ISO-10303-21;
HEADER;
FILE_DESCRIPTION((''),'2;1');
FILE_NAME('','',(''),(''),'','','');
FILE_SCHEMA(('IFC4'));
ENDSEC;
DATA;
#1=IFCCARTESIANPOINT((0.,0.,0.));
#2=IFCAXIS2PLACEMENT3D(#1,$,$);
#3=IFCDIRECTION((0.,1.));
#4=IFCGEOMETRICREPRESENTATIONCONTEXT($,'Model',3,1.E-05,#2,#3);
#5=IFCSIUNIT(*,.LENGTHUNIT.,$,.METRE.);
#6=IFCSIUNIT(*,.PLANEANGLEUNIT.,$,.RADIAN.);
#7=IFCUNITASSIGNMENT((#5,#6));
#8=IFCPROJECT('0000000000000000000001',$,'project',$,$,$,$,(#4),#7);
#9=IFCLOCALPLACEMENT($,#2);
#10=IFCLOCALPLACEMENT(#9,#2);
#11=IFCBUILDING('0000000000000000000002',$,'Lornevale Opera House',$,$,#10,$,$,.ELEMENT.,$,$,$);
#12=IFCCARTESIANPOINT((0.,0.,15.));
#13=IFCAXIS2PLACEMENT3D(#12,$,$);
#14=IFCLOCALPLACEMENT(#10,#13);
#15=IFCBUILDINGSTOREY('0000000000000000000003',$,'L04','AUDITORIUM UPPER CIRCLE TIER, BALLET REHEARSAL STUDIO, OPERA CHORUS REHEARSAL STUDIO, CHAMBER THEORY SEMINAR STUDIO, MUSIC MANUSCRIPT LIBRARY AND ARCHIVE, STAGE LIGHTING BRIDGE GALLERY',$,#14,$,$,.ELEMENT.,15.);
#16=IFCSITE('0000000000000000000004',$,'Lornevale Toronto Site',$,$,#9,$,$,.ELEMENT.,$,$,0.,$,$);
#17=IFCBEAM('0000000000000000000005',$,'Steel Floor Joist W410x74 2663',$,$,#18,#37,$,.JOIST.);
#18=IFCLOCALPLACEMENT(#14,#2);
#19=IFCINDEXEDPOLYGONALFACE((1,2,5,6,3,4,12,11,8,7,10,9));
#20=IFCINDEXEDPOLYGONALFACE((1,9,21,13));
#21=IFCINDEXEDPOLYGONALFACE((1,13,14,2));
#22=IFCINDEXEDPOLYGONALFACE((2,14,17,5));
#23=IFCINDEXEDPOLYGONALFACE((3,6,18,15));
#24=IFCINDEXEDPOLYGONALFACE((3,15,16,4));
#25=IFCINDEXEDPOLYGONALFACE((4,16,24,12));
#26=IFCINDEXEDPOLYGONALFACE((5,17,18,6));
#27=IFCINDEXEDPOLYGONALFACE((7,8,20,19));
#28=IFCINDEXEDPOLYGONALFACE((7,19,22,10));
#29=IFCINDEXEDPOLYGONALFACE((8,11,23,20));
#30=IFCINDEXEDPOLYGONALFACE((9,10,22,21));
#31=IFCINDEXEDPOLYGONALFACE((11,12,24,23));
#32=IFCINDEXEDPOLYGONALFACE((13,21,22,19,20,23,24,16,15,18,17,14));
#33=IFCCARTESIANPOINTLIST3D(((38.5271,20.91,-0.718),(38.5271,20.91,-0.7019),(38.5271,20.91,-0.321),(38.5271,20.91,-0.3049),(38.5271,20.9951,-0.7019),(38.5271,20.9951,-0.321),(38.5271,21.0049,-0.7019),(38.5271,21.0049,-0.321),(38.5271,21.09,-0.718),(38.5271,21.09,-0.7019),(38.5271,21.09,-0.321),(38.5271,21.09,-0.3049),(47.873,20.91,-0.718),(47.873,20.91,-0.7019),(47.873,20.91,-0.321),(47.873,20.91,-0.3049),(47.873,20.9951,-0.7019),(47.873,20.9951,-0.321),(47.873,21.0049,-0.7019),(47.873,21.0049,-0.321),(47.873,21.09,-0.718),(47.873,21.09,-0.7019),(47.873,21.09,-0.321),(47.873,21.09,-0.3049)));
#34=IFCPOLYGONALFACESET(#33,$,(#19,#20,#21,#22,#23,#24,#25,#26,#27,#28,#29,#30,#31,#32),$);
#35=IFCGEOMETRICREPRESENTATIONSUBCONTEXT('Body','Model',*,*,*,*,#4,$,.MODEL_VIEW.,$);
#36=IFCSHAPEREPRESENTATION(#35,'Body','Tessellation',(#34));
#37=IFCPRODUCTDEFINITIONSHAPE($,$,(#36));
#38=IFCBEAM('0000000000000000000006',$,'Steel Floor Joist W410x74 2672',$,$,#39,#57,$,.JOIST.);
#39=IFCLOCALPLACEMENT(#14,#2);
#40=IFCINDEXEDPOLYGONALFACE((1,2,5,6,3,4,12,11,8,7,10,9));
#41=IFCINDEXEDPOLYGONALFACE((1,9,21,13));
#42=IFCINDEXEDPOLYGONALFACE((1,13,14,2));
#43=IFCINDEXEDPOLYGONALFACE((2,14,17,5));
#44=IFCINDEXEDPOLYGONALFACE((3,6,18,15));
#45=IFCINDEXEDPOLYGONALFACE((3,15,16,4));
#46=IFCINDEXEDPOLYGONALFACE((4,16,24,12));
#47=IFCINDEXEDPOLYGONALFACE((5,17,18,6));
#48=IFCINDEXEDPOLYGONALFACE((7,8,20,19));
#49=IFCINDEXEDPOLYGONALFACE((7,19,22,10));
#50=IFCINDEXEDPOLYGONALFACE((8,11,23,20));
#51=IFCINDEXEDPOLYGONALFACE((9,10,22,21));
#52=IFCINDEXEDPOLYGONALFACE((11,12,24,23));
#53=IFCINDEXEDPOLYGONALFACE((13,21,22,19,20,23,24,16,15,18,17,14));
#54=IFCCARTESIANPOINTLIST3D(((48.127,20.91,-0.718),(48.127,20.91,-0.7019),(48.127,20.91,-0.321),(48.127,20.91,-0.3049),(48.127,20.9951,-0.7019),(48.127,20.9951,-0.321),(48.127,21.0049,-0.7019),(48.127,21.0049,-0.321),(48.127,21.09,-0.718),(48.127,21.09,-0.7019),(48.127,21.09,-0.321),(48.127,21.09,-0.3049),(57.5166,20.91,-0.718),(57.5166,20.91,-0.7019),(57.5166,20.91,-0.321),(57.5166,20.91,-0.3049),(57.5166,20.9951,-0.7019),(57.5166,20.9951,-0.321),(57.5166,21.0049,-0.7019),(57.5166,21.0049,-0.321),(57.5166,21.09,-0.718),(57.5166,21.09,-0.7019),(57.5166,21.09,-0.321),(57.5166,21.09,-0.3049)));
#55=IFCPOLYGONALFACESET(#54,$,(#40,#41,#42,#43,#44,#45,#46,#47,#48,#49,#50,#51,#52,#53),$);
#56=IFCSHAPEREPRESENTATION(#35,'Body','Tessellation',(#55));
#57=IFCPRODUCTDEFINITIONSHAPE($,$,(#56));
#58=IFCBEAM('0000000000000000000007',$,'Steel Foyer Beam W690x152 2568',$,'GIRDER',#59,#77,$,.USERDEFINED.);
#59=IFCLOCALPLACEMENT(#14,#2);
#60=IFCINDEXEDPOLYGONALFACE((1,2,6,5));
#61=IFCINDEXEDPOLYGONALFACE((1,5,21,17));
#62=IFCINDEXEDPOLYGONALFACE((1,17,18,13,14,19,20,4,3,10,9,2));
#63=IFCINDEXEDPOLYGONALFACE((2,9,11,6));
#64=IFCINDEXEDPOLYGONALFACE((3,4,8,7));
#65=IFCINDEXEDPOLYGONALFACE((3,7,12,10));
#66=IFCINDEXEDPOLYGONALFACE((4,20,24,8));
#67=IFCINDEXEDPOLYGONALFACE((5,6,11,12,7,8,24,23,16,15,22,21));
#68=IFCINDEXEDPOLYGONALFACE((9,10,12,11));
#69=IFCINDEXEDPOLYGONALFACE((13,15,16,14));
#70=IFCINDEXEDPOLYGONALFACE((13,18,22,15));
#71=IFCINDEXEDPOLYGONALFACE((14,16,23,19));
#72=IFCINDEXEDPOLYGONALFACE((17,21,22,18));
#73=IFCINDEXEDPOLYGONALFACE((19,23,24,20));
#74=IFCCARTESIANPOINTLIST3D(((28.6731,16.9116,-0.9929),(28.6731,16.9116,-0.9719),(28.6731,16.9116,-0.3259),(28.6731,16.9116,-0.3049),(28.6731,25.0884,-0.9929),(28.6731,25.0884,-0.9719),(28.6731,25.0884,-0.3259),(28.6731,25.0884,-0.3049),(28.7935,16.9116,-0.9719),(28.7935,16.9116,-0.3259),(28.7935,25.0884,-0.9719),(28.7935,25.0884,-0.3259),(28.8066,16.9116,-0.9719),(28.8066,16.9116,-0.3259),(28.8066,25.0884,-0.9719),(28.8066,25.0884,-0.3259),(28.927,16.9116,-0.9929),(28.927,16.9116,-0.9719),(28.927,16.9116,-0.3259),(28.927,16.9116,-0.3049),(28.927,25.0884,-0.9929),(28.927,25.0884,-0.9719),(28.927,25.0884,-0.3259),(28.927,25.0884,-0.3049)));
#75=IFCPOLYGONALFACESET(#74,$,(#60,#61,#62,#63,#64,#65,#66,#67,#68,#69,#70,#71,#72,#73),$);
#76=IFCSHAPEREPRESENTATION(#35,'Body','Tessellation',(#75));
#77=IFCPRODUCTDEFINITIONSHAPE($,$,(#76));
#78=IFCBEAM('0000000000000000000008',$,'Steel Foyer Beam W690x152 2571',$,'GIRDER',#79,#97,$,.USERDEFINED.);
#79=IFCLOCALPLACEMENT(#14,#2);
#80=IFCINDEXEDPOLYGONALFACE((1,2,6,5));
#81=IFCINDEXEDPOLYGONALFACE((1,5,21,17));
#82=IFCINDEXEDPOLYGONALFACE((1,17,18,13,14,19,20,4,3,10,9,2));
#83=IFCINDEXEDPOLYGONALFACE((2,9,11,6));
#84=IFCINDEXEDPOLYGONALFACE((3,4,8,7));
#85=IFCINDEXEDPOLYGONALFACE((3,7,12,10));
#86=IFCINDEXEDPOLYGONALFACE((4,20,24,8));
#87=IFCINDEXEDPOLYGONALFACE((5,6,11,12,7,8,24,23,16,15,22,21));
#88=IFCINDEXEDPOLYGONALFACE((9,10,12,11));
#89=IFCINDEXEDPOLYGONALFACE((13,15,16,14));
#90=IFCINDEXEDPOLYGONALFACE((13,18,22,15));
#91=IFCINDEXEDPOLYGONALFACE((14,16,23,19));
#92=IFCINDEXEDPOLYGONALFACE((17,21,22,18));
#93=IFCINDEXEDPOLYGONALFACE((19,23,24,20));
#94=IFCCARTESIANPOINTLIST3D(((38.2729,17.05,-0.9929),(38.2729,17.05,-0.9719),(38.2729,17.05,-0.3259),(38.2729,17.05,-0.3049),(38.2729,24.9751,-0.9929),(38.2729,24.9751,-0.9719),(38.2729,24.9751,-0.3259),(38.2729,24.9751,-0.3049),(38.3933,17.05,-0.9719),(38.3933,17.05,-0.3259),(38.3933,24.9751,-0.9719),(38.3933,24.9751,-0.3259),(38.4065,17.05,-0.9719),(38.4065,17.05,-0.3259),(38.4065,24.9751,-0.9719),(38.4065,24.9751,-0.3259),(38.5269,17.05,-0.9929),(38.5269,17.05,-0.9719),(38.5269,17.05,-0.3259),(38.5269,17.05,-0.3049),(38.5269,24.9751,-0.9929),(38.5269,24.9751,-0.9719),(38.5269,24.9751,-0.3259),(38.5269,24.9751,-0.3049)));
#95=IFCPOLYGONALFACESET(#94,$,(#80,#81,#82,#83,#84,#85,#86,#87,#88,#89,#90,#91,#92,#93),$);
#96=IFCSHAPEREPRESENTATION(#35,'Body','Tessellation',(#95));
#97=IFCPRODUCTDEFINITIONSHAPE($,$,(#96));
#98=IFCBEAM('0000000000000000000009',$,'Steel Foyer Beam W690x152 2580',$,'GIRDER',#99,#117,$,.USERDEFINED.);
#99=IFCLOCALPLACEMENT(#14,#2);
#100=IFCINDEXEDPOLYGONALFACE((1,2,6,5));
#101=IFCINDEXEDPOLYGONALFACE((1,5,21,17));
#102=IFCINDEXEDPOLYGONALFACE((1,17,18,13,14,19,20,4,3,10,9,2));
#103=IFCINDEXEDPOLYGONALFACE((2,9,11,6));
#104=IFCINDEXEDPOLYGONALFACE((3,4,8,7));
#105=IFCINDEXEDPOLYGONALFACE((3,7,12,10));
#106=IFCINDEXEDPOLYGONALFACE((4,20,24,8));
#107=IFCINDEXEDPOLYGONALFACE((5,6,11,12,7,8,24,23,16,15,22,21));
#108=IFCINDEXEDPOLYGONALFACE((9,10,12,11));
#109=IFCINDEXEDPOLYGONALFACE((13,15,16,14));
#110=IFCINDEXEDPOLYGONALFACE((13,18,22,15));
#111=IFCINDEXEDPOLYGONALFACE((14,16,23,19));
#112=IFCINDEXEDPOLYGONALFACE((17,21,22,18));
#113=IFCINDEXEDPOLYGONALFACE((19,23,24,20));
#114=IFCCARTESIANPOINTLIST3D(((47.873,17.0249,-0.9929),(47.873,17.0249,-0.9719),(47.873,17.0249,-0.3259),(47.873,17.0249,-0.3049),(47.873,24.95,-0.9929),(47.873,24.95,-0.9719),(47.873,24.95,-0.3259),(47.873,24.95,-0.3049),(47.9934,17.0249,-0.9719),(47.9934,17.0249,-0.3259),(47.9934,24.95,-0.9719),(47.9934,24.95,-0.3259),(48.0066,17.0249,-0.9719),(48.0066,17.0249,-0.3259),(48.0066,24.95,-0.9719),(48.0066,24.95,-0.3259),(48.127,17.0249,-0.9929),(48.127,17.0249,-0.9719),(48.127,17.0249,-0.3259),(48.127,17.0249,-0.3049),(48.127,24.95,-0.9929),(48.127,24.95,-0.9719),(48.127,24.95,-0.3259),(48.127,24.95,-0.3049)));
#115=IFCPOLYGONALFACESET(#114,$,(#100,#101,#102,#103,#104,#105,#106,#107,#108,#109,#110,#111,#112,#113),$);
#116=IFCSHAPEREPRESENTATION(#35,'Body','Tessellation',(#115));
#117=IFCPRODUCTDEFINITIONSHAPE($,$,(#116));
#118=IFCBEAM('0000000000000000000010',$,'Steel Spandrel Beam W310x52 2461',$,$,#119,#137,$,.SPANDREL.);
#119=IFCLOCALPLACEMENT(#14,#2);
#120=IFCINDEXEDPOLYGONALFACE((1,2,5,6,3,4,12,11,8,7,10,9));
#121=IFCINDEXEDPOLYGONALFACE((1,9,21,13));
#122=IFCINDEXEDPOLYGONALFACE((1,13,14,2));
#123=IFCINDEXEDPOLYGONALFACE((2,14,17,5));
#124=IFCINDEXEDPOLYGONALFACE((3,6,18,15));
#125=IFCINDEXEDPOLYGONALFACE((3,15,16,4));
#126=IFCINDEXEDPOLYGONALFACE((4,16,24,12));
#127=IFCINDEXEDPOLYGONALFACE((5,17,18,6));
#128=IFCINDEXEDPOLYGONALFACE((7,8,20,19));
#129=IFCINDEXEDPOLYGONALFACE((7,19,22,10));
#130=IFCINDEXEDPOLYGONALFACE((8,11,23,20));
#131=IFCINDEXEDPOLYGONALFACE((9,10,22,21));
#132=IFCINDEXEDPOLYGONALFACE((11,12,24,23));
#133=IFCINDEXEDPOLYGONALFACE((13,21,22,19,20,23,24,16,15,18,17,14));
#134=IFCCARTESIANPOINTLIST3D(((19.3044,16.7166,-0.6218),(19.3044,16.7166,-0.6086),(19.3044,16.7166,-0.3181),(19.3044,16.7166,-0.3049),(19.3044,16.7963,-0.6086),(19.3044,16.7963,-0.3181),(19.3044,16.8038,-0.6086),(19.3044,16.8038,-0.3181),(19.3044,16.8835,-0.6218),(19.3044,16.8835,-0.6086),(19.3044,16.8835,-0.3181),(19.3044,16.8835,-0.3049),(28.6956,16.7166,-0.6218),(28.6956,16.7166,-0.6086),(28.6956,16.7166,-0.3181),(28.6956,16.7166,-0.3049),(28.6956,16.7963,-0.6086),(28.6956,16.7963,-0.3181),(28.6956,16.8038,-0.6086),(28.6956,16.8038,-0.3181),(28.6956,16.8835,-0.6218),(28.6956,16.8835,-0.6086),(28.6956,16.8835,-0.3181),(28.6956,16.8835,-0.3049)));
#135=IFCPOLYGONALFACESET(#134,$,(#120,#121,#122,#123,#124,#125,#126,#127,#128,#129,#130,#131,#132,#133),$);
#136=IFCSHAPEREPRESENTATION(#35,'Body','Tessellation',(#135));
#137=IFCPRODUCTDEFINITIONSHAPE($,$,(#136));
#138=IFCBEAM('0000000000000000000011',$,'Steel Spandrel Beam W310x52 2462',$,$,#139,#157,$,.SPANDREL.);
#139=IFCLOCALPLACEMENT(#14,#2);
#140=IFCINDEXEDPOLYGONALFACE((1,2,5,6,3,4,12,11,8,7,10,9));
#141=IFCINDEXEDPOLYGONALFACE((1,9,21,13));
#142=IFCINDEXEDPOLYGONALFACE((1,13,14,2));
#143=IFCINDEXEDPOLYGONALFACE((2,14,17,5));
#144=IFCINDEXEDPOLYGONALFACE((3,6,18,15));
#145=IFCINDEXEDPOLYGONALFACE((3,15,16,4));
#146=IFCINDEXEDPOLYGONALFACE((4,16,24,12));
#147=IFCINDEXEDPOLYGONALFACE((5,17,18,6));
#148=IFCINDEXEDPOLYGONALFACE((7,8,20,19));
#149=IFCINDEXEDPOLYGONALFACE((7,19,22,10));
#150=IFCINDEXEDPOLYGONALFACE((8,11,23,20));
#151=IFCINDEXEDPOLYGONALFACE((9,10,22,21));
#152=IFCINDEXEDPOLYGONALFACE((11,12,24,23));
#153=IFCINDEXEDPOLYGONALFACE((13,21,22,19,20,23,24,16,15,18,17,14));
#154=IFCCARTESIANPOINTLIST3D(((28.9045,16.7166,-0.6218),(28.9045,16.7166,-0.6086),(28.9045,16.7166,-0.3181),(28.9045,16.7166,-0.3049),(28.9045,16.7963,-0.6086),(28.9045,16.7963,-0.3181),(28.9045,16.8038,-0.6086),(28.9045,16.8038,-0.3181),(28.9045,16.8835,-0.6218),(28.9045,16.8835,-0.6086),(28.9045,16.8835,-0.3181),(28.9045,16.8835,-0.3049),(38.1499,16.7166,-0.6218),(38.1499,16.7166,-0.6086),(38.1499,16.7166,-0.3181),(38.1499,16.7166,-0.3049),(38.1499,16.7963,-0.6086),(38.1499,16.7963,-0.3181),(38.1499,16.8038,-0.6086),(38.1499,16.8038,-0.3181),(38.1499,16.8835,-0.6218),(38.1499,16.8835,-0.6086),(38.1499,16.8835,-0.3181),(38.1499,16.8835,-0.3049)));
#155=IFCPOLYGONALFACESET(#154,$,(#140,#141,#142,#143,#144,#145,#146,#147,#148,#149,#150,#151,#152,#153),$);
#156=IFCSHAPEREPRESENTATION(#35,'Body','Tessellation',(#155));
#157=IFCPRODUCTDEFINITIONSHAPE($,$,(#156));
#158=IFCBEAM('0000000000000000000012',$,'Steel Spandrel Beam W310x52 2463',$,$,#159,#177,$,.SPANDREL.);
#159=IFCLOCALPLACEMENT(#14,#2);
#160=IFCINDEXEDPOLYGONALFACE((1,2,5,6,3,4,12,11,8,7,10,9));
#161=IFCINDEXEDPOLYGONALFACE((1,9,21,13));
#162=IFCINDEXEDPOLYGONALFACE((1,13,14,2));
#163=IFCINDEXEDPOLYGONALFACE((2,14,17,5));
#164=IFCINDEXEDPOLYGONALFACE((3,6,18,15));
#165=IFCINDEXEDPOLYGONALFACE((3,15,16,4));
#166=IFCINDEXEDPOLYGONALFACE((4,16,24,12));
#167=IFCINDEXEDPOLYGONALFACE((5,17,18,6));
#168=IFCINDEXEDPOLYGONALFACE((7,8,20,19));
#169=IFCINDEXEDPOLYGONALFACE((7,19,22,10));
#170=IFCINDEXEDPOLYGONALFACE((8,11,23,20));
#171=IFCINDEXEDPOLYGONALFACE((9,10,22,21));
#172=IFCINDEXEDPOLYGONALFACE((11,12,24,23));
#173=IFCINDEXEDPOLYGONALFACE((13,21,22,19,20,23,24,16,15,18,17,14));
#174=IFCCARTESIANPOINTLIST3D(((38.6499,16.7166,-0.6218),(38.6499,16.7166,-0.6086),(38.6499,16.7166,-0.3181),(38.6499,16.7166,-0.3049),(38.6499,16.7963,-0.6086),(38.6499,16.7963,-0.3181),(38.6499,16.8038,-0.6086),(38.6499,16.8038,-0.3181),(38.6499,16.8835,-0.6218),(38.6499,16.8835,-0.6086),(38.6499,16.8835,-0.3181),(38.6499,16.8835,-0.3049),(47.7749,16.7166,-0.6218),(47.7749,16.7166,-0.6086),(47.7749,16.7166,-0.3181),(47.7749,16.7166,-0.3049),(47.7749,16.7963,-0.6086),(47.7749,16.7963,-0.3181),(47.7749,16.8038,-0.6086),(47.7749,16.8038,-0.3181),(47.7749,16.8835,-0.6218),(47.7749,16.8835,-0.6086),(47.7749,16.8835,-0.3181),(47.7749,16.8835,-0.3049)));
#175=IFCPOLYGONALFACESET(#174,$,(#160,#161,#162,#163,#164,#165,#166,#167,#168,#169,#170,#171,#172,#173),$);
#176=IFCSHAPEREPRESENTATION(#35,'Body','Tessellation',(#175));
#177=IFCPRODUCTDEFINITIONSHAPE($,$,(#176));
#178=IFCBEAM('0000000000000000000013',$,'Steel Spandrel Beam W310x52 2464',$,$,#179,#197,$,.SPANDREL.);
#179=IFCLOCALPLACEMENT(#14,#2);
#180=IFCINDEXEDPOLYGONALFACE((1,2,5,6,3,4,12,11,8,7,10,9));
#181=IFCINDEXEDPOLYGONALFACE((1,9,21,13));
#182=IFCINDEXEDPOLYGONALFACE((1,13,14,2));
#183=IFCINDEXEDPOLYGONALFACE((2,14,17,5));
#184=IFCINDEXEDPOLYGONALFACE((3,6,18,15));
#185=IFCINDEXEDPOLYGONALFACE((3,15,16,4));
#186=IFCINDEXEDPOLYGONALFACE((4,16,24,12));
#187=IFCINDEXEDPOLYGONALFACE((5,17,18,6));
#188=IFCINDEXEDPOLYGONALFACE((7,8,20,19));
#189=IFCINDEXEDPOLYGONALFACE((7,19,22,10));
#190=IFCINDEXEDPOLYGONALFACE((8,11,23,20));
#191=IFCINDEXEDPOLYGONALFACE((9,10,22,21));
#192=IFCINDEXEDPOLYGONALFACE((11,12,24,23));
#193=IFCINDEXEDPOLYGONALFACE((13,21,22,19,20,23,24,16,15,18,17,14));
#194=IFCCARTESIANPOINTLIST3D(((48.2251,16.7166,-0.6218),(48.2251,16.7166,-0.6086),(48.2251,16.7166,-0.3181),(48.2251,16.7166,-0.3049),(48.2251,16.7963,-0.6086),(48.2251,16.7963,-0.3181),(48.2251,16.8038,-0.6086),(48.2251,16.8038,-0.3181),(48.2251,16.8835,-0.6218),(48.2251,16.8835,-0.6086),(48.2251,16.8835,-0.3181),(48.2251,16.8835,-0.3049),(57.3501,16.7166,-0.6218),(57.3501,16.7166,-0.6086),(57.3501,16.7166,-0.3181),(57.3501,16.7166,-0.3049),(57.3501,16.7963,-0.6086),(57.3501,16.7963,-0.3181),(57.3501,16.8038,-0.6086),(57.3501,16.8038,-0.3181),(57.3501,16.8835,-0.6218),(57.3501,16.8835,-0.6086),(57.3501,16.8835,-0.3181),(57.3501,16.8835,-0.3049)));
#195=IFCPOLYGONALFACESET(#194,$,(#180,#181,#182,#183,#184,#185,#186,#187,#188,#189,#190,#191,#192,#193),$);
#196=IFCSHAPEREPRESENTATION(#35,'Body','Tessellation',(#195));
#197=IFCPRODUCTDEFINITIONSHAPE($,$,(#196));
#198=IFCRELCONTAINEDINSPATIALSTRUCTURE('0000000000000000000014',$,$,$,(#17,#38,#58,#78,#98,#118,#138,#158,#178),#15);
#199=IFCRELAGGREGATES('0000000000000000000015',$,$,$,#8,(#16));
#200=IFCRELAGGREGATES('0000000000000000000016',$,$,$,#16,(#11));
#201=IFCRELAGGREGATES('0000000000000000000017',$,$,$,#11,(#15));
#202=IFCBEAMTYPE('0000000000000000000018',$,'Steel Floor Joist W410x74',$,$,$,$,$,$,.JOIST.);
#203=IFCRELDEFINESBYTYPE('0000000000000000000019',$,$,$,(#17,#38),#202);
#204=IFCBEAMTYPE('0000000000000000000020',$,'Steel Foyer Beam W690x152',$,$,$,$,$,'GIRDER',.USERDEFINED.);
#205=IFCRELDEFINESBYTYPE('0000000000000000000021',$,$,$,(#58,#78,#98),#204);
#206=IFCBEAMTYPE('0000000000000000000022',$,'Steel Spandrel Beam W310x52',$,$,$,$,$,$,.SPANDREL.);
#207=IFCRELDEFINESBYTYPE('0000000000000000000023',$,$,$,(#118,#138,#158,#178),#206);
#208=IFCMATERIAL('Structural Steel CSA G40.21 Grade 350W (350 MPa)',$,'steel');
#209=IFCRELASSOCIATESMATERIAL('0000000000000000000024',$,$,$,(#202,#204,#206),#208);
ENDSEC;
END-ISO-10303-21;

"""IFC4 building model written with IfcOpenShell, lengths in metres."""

from ifc_helpers import new_model, si_unit, direction, frame, origin, origin_2d, place, context, subcontext, project, spatial, i_section, extrude, material, material_profile, profile_set, type_object, element, save


model = new_model("IFC4")

# Units and contexts
model_context = context("Model", 3, precision=1e-05, world=origin(), true_north=direction((0.0, 1.0)))
body_context = subcontext(model_context, "Body", "Model", "MODEL_VIEW")
ifc_project = project(units=[si_unit("LENGTHUNIT", "METRE"), si_unit("PLANEANGLEUNIT", "RADIAN")], contexts=[model_context])

# Site, building, storey
site_placement = place(None, origin())
site = spatial("IfcSite", under=ifc_project, at=site_placement, Name="Lornevale Toronto Site", CompositionType="ELEMENT", RefElevation=0.0)
building_placement = place(site_placement, origin())
building = spatial("IfcBuilding", under=site, at=building_placement, Name="Lornevale Opera House", CompositionType="ELEMENT")
storey_placement = place(building_placement, frame((0.0, 0.0, 15.0)))
storey = spatial("IfcBuildingStorey", under=building, at=storey_placement, Name="L04", Description="AUDITORIUM UPPER CIRCLE TIER, BALLET REHEARSAL STUDIO, OPERA CHORUS REHEARSAL STUDIO, CHAMBER THEORY SEMINAR STUDIO, MUSIC MANUSCRIPT LIBRARY AND ARCHIVE, STAGE LIGHTING BRIDGE GALLERY", CompositionType="ELEMENT", Elevation=15.0)

# Shared definitions
ifc_material_1 = material(Name="Structural Steel CSA G40.21 Grade 350W (350 MPa)", Category="steel")

# Beams
ifc_material_profile_1 = material_profile(ifc_material_1, i_section(OverallWidth=0.1799, OverallDepth=0.4131, WebThickness=0.0098, FlangeThickness=0.0161, at=origin_2d()), Name="W410x74")
ifc_profile_set_1 = profile_set([ifc_material_profile_1], Name="Structural Steel CSA G40.21 Grade 350W (350 MPa)")
beam_type_1 = type_object("IfcBeamType", Name="Steel Floor Joist W410x74", PredefinedType="JOIST", material=ifc_profile_set_1)
for number, where, z_axis, x_axis, name in (
    (1, (38.5271, 21.0, -0.5115), (1.0, 0.0, 0.0), (0.0, 1.0, 0.0), "Steel Floor Joist W410x74 2663"),
):
    element("IfcBeam", number, at=place(storey_placement, frame(where, z_axis=z_axis, x_axis=x_axis)), inside=storey, type_object=beam_type_1, Name=name, PredefinedType="JOIST", context=body_context, shape_type="SweptSolid", body=[
        extrude(i_section(OverallWidth=0.1799, OverallDepth=0.4131, WebThickness=0.0098, FlangeThickness=0.0161, at=origin_2d()), origin(), (0.0, 0.0, 1.0), 9.3459),
    ])
beam_1_placement = place(storey_placement, frame((48.127, 21.0, -0.5115), z_axis=(1.0, 0.0, 0.0), x_axis=(0.0, 1.0, 0.0)))
element("IfcBeam", 2, at=beam_1_placement, inside=storey, type_object=beam_type_1, Name="Steel Floor Joist W410x74 2672", PredefinedType="JOIST", context=body_context, shape_type="SweptSolid", body=[
    extrude(i_section(OverallWidth=0.1799, OverallDepth=0.4131, WebThickness=0.0098, FlangeThickness=0.0161, at=origin_2d()), origin(), (0.0, 0.0, 1.0), 9.3896),
])
ifc_material_profile_2 = material_profile(ifc_material_1, i_section(OverallWidth=0.2539, OverallDepth=0.688, WebThickness=0.0132, FlangeThickness=0.021, at=origin_2d()), Name="W690x152")
ifc_profile_set_2 = profile_set([ifc_material_profile_2], Name="Structural Steel CSA G40.21 Grade 350W (350 MPa)")
beam_type_2 = type_object("IfcBeamType", Name="Steel Foyer Beam W690x152", ElementType="GIRDER", PredefinedType="USERDEFINED", material=ifc_profile_set_2)
beam_2_placement = place(storey_placement, frame((28.8, 16.9116, -0.6489), z_axis=(0.0, 1.0, 0.0), x_axis=(-1.0, 0.0, 0.0)))
element("IfcBeam", 3, at=beam_2_placement, inside=storey, type_object=beam_type_2, Name="Steel Foyer Beam W690x152 2568", ObjectType="GIRDER", PredefinedType="USERDEFINED", context=body_context, shape_type="SweptSolid", body=[
    extrude(i_section(OverallWidth=0.2539, OverallDepth=0.688, WebThickness=0.0132, FlangeThickness=0.021, at=origin_2d()), origin(), (0.0, 0.0, 1.0), 8.1768),
])
for number, where, z_axis, x_axis, name in (
    (4, (38.3999, 17.05, -0.6489), (0.0, 1.0, 0.0), (-1.0, 0.0, 0.0), "Steel Foyer Beam W690x152 2571"),
    (5, (48.0, 17.0249, -0.6489), (0.0, 1.0, 0.0), (-1.0, 0.0, 0.0), "Steel Foyer Beam W690x152 2580"),
):
    element("IfcBeam", number, at=place(storey_placement, frame(where, z_axis=z_axis, x_axis=x_axis)), inside=storey, type_object=beam_type_2, Name=name, ObjectType="GIRDER", PredefinedType="USERDEFINED", context=body_context, shape_type="SweptSolid", body=[
        extrude(i_section(OverallWidth=0.2539, OverallDepth=0.688, WebThickness=0.0132, FlangeThickness=0.021, at=origin_2d()), origin(), (0.0, 0.0, 1.0), 7.925),
    ])
ifc_material_profile_3 = material_profile(ifc_material_1, i_section(OverallWidth=0.167, OverallDepth=0.3169, WebThickness=0.0076, FlangeThickness=0.0132, at=origin_2d()), Name="W310x52")
ifc_profile_set_3 = profile_set([ifc_material_profile_3], Name="Structural Steel CSA G40.21 Grade 350W (350 MPa)")
beam_type_3 = type_object("IfcBeamType", Name="Steel Spandrel Beam W310x52", PredefinedType="SPANDREL", material=ifc_profile_set_3)
beam_3_placement = place(storey_placement, frame((19.3044, 16.8, -0.4634), z_axis=(1.0, 0.0, 0.0), x_axis=(0.0, 1.0, 0.0)))
element("IfcBeam", 6, at=beam_3_placement, inside=storey, type_object=beam_type_3, Name="Steel Spandrel Beam W310x52 2461", PredefinedType="SPANDREL", context=body_context, shape_type="SweptSolid", body=[
    extrude(i_section(OverallWidth=0.167, OverallDepth=0.3169, WebThickness=0.0076, FlangeThickness=0.0132, at=origin_2d()), origin(), (0.0, 0.0, 1.0), 9.3911),
])
beam_4_placement = place(storey_placement, frame((28.9045, 16.8, -0.4634), z_axis=(1.0, 0.0, 0.0), x_axis=(0.0, 1.0, 0.0)))
element("IfcBeam", 7, at=beam_4_placement, inside=storey, type_object=beam_type_3, Name="Steel Spandrel Beam W310x52 2462", PredefinedType="SPANDREL", context=body_context, shape_type="SweptSolid", body=[
    extrude(i_section(OverallWidth=0.167, OverallDepth=0.3169, WebThickness=0.0076, FlangeThickness=0.0132, at=origin_2d()), origin(), (0.0, 0.0, 1.0), 9.2454),
])
for number, where, z_axis, x_axis, name in (
    (8, (38.6499, 16.8, -0.4634), (1.0, 0.0, 0.0), (0.0, 1.0, 0.0), "Steel Spandrel Beam W310x52 2463"),
    (9, (48.2251, 16.8, -0.4634), (1.0, 0.0, 0.0), (0.0, 1.0, 0.0), "Steel Spandrel Beam W310x52 2464"),
):
    element("IfcBeam", number, at=place(storey_placement, frame(where, z_axis=z_axis, x_axis=x_axis)), inside=storey, type_object=beam_type_3, Name=name, PredefinedType="SPANDREL", context=body_context, shape_type="SweptSolid", body=[
        extrude(i_section(OverallWidth=0.167, OverallDepth=0.3169, WebThickness=0.0076, FlangeThickness=0.0132, at=origin_2d()), origin(), (0.0, 0.0, 1.0), 9.125),
    ])

save(model, "model.ifc")
